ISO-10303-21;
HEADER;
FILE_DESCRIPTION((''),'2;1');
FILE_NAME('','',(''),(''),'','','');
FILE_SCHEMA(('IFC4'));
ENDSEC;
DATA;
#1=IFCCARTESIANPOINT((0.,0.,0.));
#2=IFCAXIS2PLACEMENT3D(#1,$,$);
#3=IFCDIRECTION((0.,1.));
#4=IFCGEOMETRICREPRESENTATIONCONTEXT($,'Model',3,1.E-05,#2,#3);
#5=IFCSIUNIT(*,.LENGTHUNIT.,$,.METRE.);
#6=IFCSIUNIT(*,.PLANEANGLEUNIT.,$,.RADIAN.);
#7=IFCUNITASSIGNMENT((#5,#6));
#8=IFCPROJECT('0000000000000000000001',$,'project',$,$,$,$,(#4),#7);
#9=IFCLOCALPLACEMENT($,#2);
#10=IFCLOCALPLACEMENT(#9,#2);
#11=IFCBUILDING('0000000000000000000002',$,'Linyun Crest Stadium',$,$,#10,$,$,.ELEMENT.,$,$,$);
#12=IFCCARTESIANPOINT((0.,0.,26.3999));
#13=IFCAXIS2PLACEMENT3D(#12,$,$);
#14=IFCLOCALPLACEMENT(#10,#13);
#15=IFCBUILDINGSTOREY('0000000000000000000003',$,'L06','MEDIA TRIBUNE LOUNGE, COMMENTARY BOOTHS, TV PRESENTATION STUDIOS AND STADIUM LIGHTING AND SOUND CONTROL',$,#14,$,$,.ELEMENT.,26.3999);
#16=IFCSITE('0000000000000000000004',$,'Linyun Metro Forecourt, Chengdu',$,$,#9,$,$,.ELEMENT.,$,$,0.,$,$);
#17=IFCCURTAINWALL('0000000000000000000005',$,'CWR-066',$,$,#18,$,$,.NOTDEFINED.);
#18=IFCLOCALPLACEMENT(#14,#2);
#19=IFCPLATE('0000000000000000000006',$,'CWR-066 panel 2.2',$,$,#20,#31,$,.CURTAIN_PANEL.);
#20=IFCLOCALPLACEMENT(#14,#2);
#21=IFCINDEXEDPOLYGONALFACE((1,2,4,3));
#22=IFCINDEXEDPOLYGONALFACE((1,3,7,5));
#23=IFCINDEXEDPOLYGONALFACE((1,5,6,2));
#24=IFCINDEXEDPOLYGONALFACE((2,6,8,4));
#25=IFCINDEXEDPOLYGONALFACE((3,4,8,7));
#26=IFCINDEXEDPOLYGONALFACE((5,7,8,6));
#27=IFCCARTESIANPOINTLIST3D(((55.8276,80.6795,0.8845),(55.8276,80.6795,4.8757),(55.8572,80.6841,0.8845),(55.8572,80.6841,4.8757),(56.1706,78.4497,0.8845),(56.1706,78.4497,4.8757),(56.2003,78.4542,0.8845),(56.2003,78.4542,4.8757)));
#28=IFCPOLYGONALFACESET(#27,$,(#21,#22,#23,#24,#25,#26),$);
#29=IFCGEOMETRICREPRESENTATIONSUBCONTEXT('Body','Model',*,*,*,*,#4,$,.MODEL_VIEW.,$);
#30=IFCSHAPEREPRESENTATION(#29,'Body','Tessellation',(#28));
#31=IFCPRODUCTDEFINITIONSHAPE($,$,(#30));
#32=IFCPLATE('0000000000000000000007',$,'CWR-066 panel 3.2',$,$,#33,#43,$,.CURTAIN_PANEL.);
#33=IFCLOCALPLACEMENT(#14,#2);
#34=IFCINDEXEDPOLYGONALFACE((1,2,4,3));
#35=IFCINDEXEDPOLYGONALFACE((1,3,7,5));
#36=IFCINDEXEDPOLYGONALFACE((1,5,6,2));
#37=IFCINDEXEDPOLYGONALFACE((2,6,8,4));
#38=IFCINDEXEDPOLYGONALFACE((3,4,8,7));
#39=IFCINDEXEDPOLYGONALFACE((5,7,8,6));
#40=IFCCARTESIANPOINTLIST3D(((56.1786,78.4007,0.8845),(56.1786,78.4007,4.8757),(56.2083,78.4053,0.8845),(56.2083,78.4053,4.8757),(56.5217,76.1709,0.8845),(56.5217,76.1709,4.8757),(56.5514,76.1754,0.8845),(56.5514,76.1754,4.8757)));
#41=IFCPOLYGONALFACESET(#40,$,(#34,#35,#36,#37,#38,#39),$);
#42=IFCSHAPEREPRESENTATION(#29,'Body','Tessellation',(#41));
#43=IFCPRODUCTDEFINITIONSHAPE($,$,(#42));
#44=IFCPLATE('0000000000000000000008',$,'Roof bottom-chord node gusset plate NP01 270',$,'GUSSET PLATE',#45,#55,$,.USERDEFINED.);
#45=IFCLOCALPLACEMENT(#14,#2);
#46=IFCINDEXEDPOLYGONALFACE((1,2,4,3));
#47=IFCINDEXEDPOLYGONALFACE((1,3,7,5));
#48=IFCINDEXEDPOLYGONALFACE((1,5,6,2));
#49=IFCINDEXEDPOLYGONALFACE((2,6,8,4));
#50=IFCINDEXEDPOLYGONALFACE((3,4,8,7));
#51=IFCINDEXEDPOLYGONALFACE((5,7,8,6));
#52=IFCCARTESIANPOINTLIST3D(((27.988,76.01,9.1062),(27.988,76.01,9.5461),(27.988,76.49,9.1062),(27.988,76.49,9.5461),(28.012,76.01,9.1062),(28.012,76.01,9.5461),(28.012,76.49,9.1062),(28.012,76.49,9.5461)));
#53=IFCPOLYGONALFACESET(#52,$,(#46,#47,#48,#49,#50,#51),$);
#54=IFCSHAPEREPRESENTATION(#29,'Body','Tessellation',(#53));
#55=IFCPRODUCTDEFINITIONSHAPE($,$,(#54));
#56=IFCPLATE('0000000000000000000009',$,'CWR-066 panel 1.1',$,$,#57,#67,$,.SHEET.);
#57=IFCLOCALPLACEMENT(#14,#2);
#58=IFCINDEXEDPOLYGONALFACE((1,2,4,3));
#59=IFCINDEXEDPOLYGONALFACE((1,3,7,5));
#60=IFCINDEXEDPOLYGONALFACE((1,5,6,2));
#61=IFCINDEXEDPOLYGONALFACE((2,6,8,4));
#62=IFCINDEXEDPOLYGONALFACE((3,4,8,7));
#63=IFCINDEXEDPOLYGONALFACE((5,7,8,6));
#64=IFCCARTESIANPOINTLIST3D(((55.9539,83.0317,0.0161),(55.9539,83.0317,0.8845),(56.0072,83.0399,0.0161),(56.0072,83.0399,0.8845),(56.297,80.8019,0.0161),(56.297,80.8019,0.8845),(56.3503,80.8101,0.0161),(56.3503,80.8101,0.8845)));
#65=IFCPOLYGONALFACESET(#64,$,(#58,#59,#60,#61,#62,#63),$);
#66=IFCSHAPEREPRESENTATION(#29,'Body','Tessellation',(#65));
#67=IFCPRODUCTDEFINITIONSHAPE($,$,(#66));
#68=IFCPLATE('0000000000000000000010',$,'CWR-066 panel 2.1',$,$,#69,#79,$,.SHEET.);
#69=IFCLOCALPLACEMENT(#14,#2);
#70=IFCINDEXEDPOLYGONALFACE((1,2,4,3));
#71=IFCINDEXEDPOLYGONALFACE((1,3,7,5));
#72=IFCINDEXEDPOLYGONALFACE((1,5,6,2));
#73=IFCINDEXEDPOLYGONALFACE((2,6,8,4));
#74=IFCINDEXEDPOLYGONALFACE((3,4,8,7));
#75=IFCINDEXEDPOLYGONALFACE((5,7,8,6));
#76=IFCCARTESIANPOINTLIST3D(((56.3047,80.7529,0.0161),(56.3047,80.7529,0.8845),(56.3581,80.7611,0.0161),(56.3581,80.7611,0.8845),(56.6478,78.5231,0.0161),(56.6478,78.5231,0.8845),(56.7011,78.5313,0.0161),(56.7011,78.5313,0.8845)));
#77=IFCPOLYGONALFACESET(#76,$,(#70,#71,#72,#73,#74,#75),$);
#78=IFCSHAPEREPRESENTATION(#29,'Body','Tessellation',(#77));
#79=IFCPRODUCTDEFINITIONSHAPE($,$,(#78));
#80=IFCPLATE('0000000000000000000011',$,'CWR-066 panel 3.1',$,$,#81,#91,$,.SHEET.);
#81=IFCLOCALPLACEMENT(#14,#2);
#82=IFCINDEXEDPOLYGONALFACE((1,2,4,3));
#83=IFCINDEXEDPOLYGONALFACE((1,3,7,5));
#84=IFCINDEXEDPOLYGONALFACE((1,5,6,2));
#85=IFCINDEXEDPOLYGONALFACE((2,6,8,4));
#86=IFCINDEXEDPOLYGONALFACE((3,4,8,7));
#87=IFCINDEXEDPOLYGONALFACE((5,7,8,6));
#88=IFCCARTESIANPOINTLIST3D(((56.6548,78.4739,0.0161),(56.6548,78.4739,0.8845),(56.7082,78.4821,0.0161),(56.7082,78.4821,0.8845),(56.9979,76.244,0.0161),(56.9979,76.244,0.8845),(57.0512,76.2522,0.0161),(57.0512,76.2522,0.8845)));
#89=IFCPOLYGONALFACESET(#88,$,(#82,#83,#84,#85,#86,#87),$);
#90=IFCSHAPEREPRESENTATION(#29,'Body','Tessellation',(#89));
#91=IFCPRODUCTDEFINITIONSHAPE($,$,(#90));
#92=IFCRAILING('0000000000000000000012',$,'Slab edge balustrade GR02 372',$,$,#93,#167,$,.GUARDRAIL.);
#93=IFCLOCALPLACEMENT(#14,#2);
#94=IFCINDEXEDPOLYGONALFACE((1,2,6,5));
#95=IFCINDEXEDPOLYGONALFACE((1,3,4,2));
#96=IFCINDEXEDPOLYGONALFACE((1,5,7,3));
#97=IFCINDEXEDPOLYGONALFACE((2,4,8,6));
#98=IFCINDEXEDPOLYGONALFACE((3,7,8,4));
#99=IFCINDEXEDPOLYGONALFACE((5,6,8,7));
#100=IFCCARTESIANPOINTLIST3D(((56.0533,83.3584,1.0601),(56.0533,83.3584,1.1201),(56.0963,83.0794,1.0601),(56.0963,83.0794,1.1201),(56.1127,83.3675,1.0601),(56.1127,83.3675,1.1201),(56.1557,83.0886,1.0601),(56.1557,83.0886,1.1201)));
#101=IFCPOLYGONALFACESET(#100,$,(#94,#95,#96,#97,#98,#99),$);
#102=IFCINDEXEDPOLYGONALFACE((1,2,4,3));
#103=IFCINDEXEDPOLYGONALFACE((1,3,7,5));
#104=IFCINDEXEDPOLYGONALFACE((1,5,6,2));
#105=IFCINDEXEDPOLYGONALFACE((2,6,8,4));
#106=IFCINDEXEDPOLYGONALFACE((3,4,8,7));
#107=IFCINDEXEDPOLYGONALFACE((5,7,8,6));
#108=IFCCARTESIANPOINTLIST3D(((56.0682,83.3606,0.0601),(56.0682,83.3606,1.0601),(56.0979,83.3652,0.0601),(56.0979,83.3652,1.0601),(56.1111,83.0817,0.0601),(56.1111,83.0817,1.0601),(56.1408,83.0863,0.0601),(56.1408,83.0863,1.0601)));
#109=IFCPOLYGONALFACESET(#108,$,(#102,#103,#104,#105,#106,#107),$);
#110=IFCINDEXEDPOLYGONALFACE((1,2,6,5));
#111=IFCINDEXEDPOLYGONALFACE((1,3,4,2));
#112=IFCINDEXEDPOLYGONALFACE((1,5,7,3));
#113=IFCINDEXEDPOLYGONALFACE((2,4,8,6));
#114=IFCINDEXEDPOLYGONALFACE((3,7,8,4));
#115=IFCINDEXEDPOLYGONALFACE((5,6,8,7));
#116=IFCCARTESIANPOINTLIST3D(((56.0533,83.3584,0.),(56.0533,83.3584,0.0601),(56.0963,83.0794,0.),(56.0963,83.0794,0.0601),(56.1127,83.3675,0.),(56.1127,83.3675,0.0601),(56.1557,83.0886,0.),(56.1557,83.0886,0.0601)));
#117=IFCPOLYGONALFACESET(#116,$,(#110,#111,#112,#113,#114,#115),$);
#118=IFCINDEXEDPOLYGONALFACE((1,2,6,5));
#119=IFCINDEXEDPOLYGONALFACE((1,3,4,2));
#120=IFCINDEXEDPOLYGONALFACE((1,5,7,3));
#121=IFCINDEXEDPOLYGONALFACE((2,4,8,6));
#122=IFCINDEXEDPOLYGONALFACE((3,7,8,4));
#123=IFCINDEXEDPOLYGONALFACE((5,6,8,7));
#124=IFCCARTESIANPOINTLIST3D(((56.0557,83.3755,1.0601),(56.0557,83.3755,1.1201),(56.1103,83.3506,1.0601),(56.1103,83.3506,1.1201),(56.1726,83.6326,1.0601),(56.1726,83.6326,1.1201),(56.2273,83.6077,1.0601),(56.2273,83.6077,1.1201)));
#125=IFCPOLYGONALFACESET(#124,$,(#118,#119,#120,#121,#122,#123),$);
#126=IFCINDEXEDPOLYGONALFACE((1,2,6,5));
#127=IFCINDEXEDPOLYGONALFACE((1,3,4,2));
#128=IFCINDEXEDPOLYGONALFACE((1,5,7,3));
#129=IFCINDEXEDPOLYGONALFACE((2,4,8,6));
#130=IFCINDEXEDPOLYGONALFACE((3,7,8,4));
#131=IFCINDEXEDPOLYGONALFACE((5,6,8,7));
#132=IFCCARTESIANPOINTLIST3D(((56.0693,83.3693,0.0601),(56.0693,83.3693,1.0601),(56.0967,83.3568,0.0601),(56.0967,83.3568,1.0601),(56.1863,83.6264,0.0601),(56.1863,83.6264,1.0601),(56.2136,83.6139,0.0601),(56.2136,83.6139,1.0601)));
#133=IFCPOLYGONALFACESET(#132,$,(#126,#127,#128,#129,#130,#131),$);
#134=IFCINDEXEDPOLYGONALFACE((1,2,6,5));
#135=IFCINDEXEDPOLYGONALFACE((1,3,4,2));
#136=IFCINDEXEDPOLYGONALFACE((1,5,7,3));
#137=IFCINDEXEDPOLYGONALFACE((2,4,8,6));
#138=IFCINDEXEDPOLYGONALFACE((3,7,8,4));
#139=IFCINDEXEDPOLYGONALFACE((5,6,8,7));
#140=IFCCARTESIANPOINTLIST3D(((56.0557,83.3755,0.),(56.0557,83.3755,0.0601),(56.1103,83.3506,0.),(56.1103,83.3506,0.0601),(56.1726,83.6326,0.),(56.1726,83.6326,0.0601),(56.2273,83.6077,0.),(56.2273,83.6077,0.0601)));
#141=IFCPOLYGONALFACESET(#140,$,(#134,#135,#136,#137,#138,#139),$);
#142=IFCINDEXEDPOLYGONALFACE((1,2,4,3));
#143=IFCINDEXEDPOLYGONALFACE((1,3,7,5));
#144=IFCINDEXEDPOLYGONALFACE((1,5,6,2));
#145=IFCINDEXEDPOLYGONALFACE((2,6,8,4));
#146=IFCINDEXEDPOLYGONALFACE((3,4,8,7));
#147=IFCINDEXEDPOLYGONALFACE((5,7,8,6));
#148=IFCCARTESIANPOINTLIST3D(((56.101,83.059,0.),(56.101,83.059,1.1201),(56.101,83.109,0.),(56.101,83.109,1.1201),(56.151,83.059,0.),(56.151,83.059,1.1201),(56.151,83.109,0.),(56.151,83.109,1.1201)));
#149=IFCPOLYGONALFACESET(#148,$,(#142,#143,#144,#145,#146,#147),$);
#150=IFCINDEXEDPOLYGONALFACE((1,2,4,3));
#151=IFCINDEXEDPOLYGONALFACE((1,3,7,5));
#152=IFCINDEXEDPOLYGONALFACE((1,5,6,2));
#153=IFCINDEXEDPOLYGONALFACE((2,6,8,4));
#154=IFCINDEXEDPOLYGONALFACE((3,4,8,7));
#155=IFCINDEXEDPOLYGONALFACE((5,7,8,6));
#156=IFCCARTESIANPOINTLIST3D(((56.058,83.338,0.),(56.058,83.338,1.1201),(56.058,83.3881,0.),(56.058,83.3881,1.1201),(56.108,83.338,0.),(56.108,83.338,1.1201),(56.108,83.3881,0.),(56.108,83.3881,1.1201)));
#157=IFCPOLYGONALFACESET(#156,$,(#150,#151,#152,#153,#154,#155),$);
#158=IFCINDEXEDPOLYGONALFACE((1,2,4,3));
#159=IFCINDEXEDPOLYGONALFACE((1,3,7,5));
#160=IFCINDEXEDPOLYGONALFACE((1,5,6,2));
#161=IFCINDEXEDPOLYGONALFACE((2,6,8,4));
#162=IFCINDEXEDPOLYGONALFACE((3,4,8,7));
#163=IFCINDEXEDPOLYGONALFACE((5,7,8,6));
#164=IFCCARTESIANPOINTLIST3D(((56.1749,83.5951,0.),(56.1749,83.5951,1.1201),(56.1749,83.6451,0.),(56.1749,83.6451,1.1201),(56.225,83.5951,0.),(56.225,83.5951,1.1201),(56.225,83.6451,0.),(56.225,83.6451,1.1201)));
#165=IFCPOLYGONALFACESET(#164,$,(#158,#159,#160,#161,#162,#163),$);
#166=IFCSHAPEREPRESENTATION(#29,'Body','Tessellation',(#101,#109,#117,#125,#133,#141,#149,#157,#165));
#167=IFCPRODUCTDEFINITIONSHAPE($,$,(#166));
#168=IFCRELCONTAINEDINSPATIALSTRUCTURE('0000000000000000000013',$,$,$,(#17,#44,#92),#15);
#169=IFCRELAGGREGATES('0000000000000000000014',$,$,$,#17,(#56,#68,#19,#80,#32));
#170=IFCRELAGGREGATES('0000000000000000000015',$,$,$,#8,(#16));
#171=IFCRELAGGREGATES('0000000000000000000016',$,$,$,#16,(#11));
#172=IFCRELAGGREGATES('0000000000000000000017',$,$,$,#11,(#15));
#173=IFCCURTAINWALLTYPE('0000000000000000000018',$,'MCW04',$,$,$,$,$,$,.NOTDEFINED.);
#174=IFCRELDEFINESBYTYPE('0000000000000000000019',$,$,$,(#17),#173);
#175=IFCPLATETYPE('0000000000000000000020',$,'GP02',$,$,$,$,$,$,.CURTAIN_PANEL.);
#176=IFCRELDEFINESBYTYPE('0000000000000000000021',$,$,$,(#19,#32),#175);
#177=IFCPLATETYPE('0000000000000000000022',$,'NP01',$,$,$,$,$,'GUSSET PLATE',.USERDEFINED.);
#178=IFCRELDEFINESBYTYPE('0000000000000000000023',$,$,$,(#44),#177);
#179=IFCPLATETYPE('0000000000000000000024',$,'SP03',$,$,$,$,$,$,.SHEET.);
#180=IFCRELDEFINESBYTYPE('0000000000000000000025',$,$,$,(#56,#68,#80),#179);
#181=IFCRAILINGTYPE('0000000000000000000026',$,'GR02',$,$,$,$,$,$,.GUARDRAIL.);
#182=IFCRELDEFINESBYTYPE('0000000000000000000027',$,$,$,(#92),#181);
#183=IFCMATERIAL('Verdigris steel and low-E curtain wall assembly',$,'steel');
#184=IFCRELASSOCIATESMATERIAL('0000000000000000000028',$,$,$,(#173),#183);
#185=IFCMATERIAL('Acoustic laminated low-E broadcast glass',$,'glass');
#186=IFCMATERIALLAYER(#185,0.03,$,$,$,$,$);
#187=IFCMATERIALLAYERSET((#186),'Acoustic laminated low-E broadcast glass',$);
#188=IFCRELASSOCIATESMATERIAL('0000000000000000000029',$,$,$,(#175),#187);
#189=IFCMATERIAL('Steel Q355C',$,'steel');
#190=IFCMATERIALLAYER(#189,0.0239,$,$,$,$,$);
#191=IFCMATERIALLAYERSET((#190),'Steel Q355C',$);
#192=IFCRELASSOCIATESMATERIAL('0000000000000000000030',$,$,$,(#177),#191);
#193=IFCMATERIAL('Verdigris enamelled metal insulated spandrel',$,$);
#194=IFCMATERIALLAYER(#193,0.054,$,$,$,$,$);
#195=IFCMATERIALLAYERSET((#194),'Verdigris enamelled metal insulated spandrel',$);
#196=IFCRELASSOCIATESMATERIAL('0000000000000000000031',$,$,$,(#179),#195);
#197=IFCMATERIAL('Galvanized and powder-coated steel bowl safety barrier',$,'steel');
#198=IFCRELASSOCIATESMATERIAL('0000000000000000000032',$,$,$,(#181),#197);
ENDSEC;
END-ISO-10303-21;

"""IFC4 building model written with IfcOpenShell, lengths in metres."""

from ifc_helpers import new_model, si_unit, direction, frame, origin, origin_2d, place, context, subcontext, project, spatial, rectangle, extrude, material, layer, layer_set, type_object, element, aggregate, save


model = new_model("IFC4")

# Units and contexts
model_context = context("Model", 3, precision=1e-05, world=origin(), true_north=direction((0.0, 1.0)))
body_context = subcontext(model_context, "Body", "Model", "MODEL_VIEW")
ifc_project = project(units=[si_unit("LENGTHUNIT", "METRE"), si_unit("PLANEANGLEUNIT", "RADIAN")], contexts=[model_context])

# Site, building, storey
site_placement = place(None, origin())
site = spatial("IfcSite", under=ifc_project, at=site_placement, Name="Linyun Metro Forecourt, Chengdu", CompositionType="ELEMENT", RefElevation=0.0)
building_placement = place(site_placement, origin())
building = spatial("IfcBuilding", under=site, at=building_placement, Name="Linyun Crest Stadium", CompositionType="ELEMENT")
storey_placement = place(building_placement, frame((0.0, 0.0, 26.3999)))
storey = spatial("IfcBuildingStorey", under=building, at=storey_placement, Name="L06", Description="MEDIA TRIBUNE LOUNGE, COMMENTARY BOOTHS, TV PRESENTATION STUDIOS AND STADIUM LIGHTING AND SOUND CONTROL", CompositionType="ELEMENT", Elevation=26.3999)

# Curtain wall
ifc_material_1 = material(Name="Verdigris steel and low-E curtain wall assembly", Category="steel")
curtain_wall_type = type_object("IfcCurtainWallType", Name="MCW04", PredefinedType="NOTDEFINED", material=ifc_material_1)
curtain_wall_1_placement = place(storey_placement, origin())
curtain_wall_1 = element("IfcCurtainWall", 1, at=curtain_wall_1_placement, inside=storey, type_object=curtain_wall_type, Name="CWR-066", PredefinedType="NOTDEFINED")

# Plates
ifc_material_2 = material(Name="Acoustic laminated low-E broadcast glass", Category="glass")
ifc_layer_1 = layer(ifc_material_2, 0.03)
ifc_layer_set_1 = layer_set([ifc_layer_1], Name="Acoustic laminated low-E broadcast glass")
plate_type_1 = type_object("IfcPlateType", Name="GP02", PredefinedType="CURTAIN_PANEL", material=ifc_layer_set_1)
plate_1_placement = place(storey_placement, frame((56.0139, 79.5669, 0.8845), z_axis=(0.0, 0.0, 1.0), x_axis=(0.152054, -0.988372, 0.0)))
plate_1 = element("IfcPlate", 2, at=plate_1_placement, type_object=plate_type_1, Name="CWR-066 panel 2.2", PredefinedType="CURTAIN_PANEL", context=body_context, shape_type="SweptSolid", body=[
    extrude(rectangle(XDim=2.2561, YDim=0.03, at=origin_2d()), origin(), (0.0, 0.0, 1.0), 3.9912),
])
plate_2_placement = place(storey_placement, frame((56.365, 77.2881, 0.8845), z_axis=(0.0, 0.0, 1.0), x_axis=(0.152054, -0.988372, 0.0)))
plate_2 = element("IfcPlate", 3, at=plate_2_placement, type_object=plate_type_1, Name="CWR-066 panel 3.2", PredefinedType="CURTAIN_PANEL", context=body_context, shape_type="SweptSolid", body=[
    extrude(rectangle(XDim=2.2561, YDim=0.03, at=origin_2d()), origin(), (0.0, 0.0, 1.0), 3.9912),
])
ifc_material_3 = material(Name="Steel Q355C", Category="steel")
ifc_layer_2 = layer(ifc_material_3, 0.0239)
ifc_layer_set_2 = layer_set([ifc_layer_2], Name="Steel Q355C")
plate_type_2 = type_object("IfcPlateType", Name="NP01", ElementType="GUSSET PLATE", PredefinedType="USERDEFINED", material=ifc_layer_set_2)
plate_3_placement = place(storey_placement, frame((28.0, 76.25, 9.1062), z_axis=(0.0, 0.0, 1.0), x_axis=(0.0, 1.0, 0.0)))
element("IfcPlate", 4, at=plate_3_placement, inside=storey, type_object=plate_type_2, Name="Roof bottom-chord node gusset plate NP01 270", ObjectType="GUSSET PLATE", PredefinedType="USERDEFINED", context=body_context, shape_type="SweptSolid", body=[
    extrude(rectangle(XDim=0.48, YDim=0.0239, at=origin_2d()), origin(), (0.0, 0.0, 1.0), 0.4399),
])
ifc_material_4 = material(Name="Verdigris enamelled metal insulated spandrel")
ifc_layer_3 = layer(ifc_material_4, 0.054)
ifc_layer_set_3 = layer_set([ifc_layer_3], Name="Verdigris enamelled metal insulated spandrel")
plate_type_3 = type_object("IfcPlateType", Name="SP03", PredefinedType="SHEET", material=ifc_layer_set_3)
plate_4_placement = place(storey_placement, frame((56.1521, 81.9209, 0.0161), z_axis=(0.0, 0.0, 1.0), x_axis=(0.152054, -0.988372, 0.0)))
plate_4 = element("IfcPlate", 5, at=plate_4_placement, type_object=plate_type_3, Name="CWR-066 panel 1.1", PredefinedType="SHEET", context=body_context, shape_type="SweptSolid", body=[
    extrude(rectangle(XDim=2.2561, YDim=0.054, at=origin_2d()), origin(), (0.0, 0.0, 1.0), 0.8684),
])
plate_5_placement = place(storey_placement, frame((56.5029, 79.6421, 0.0161), z_axis=(0.0, 0.0, 1.0), x_axis=(0.152054, -0.988372, 0.0)))
plate_5 = element("IfcPlate", 6, at=plate_5_placement, type_object=plate_type_3, Name="CWR-066 panel 2.1", PredefinedType="SHEET", context=body_context, shape_type="SweptSolid", body=[
    extrude(rectangle(XDim=2.2561, YDim=0.054, at=origin_2d()), origin(), (0.0, 0.0, 1.0), 0.8684),
])
plate_6_placement = place(storey_placement, frame((56.853, 77.363, 0.0161), z_axis=(0.0, 0.0, 1.0), x_axis=(0.152054, -0.988372, 0.0)))
plate_6 = element("IfcPlate", 7, at=plate_6_placement, type_object=plate_type_3, Name="CWR-066 panel 3.1", PredefinedType="SHEET", context=body_context, shape_type="SweptSolid", body=[
    extrude(rectangle(XDim=2.2561, YDim=0.054, at=origin_2d()), origin(), (0.0, 0.0, 1.0), 0.8684),
])
aggregate(curtain_wall_1, [plate_4, plate_5, plate_1, plate_6, plate_2])

# Railing
ifc_material_5 = material(Name="Galvanized and powder-coated steel bowl safety barrier", Category="steel")
railing_type = type_object("IfcRailingType", Name="GR02", PredefinedType="GUARDRAIL", material=ifc_material_5)
railing_placement = place(storey_placement, frame((56.126, 83.084, 0.0)))
element("IfcRailing", 8, at=railing_placement, inside=storey, type_object=railing_type, Name="Slab edge balustrade GR02 372", PredefinedType="GUARDRAIL", context=body_context, shape_type="SweptSolid", body=[
    extrude(rectangle(XDim=0.0601, YDim=0.0601, at=origin_2d()), frame((0.0, 0.0, 1.0901), z_axis=(-0.152187, 0.988352, 0.0), x_axis=(-0.988352, -0.152187, 0.0)), (0.0, 0.0, 1.0), 0.2822),
    extrude(rectangle(XDim=0.03, YDim=1.0, at=origin_2d()), frame((0.0, 0.0, 0.5601), z_axis=(-0.152187, 0.988352, 0.0), x_axis=(-0.988352, -0.152187, 0.0)), (0.0, 0.0, 1.0), 0.2822),
    extrude(rectangle(XDim=0.0601, YDim=0.0601, at=origin_2d()), frame((0.0, 0.0, 0.03), z_axis=(-0.152187, 0.988352, 0.0), x_axis=(-0.988352, -0.152187, 0.0)), (0.0, 0.0, 1.0), 0.2822),
    extrude(rectangle(XDim=0.0601, YDim=0.0601, at=origin_2d()), frame((-0.043, 0.2791, 1.0901), z_axis=(0.414063, 0.910248, 0.0), x_axis=(-0.910248, 0.414063, 0.0)), (0.0, 0.0, 1.0), 0.2825),
    extrude(rectangle(XDim=0.03, YDim=1.0, at=origin_2d()), frame((-0.043, 0.2791, 0.5601), z_axis=(0.414063, 0.910248, 0.0), x_axis=(-0.910248, 0.414063, 0.0)), (0.0, 0.0, 1.0), 0.2825),
    extrude(rectangle(XDim=0.0601, YDim=0.0601, at=origin_2d()), frame((-0.043, 0.2791, 0.03), z_axis=(0.414063, 0.910248, 0.0), x_axis=(-0.910248, 0.414063, 0.0)), (0.0, 0.0, 1.0), 0.2825),
    extrude(rectangle(XDim=0.05, YDim=0.05, at=origin_2d()), origin(), (0.0, 0.0, 1.0), 1.1201),
    extrude(rectangle(XDim=0.05, YDim=0.05, at=origin_2d()), frame((-0.043, 0.2791, 0.0)), (0.0, 0.0, 1.0), 1.1201),
    extrude(rectangle(XDim=0.05, YDim=0.05, at=origin_2d()), frame((0.074, 0.5361, 0.0)), (0.0, 0.0, 1.0), 1.1201),
])

save(model, "model.ifc")
